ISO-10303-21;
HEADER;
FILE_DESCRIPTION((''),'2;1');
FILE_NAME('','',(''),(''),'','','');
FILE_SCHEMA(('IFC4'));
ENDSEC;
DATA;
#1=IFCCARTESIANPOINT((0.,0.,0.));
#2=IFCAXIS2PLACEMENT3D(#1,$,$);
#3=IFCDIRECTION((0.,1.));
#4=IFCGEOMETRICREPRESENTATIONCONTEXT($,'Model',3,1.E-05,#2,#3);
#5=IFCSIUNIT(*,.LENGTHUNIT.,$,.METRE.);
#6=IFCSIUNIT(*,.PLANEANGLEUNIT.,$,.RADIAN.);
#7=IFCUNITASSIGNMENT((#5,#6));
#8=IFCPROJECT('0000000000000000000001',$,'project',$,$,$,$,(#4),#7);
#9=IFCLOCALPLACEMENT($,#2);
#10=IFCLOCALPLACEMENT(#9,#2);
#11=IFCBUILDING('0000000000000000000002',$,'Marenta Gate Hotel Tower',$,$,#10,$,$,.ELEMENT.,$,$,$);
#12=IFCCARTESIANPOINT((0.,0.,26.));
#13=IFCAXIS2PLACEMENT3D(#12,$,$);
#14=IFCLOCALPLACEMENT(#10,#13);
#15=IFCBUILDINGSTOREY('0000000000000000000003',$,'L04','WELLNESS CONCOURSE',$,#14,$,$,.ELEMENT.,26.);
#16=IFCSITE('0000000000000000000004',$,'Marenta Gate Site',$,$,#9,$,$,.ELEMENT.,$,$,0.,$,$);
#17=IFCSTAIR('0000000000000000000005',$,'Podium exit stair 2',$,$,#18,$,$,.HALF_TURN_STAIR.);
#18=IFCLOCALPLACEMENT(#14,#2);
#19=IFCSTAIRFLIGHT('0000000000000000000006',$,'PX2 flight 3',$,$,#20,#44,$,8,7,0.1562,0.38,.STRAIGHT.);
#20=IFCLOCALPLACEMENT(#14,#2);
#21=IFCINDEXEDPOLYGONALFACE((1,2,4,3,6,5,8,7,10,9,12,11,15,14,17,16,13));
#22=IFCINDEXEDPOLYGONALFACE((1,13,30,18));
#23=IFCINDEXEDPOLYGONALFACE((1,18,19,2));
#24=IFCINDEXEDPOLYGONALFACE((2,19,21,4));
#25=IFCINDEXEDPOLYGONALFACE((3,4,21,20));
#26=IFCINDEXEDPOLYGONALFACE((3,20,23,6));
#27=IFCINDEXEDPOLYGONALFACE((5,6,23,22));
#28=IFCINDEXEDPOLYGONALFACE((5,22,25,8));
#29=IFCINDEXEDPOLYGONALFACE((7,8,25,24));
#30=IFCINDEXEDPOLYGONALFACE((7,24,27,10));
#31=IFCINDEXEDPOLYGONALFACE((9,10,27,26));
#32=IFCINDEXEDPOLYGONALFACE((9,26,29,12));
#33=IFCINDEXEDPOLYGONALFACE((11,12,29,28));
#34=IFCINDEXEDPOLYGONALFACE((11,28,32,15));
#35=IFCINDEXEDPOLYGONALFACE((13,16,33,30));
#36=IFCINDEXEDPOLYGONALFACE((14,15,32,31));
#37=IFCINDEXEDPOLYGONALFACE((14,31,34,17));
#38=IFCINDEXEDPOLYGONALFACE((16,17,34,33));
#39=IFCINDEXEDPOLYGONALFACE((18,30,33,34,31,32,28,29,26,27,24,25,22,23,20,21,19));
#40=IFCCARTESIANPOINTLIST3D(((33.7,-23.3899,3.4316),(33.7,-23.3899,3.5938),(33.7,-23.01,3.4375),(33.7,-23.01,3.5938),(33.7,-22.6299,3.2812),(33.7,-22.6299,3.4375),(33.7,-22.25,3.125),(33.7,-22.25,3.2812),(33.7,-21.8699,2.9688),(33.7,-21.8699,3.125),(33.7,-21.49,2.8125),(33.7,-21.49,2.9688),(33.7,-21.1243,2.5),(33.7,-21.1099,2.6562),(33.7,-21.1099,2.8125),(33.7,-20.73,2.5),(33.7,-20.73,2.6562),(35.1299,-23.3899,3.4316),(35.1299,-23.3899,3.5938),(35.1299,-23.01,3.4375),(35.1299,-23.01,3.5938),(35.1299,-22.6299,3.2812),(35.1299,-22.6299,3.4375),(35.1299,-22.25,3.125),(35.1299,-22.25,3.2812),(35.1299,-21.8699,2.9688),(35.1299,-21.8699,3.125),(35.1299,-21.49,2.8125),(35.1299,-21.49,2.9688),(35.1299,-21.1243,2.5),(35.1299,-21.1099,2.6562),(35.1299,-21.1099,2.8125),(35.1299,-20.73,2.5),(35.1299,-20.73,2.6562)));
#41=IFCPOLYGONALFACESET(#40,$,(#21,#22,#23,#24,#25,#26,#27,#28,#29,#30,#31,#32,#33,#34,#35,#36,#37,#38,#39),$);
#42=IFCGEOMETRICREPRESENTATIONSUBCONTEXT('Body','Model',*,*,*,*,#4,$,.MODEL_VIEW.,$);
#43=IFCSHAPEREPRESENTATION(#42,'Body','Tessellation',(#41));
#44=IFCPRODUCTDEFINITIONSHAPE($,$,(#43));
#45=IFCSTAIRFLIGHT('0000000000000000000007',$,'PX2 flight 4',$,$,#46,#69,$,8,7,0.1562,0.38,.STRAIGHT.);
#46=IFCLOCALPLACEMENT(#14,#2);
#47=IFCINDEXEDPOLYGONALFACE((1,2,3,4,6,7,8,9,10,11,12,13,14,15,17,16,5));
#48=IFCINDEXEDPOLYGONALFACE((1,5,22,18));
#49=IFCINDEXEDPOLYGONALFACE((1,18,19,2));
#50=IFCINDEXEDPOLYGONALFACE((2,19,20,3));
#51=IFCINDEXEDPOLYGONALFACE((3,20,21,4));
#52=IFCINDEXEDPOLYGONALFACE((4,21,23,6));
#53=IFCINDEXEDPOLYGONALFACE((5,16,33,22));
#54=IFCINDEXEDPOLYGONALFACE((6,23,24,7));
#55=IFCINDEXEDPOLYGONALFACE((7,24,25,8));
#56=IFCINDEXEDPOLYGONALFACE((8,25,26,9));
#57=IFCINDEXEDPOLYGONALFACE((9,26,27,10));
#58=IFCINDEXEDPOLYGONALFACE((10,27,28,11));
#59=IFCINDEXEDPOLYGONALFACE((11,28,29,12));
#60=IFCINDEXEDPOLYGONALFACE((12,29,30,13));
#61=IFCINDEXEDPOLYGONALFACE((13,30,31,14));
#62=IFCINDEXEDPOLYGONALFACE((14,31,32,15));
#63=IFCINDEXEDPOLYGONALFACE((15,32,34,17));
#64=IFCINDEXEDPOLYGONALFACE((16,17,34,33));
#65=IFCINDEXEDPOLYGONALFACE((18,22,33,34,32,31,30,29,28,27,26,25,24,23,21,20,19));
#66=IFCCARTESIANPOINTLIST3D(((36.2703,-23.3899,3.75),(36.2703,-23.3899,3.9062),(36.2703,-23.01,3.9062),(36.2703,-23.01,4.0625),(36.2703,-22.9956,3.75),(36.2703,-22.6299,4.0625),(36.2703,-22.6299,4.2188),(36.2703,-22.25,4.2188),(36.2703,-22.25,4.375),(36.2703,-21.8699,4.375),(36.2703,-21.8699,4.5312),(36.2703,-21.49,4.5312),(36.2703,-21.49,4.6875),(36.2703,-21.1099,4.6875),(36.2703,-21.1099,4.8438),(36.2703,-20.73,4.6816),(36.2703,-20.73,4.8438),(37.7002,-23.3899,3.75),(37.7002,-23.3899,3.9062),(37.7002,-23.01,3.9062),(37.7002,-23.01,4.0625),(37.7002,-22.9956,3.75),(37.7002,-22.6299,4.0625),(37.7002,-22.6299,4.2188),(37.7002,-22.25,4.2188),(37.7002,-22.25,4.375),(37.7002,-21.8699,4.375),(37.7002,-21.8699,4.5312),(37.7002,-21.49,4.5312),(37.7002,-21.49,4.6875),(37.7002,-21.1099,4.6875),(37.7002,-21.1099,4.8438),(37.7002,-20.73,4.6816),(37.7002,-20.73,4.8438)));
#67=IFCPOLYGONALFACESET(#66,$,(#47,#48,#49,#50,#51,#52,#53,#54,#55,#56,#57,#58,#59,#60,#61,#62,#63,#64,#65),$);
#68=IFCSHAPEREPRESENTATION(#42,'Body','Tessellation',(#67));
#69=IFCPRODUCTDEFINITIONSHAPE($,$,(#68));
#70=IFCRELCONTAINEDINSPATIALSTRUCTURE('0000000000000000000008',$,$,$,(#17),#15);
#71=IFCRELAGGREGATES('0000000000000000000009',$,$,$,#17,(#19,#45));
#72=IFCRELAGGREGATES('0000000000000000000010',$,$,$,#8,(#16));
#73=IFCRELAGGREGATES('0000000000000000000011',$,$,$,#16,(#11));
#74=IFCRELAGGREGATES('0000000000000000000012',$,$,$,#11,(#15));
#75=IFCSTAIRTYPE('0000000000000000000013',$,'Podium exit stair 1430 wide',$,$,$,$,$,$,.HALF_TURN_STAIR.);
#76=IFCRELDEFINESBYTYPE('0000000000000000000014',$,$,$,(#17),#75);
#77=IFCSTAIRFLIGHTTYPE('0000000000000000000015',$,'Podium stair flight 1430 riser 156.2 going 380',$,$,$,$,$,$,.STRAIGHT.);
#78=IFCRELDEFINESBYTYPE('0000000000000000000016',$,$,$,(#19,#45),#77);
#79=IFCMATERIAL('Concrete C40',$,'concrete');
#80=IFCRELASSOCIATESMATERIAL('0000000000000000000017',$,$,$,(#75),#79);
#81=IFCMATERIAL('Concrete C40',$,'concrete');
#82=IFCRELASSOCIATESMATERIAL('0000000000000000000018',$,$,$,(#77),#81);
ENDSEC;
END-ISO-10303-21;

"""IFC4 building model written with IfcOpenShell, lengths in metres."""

from ifc_helpers import new_model, si_unit, direction, frame, origin, place, context, subcontext, project, spatial, polyline, outline, extrude, material, type_object, element, aggregate, save


model = new_model("IFC4")

# Units and contexts
model_context = context("Model", 3, precision=1e-05, world=origin(), true_north=direction((0.0, 1.0)))
body_context = subcontext(model_context, "Body", "Model", "MODEL_VIEW")
ifc_project = project(units=[si_unit("LENGTHUNIT", "METRE"), si_unit("PLANEANGLEUNIT", "RADIAN")], contexts=[model_context])

# Site, building, storey
site_placement = place(None, origin())
site = spatial("IfcSite", under=ifc_project, at=site_placement, Name="Marenta Gate Site", CompositionType="ELEMENT", RefElevation=0.0)
building_placement = place(site_placement, origin())
building = spatial("IfcBuilding", under=site, at=building_placement, Name="Marenta Gate Hotel Tower", CompositionType="ELEMENT")
storey_placement = place(building_placement, frame((0.0, 0.0, 26.0)))
storey = spatial("IfcBuildingStorey", under=building, at=storey_placement, Name="L04", Description="WELLNESS CONCOURSE", CompositionType="ELEMENT", Elevation=26.0)

# Stair, stair flights
ifc_material_1 = material(Name="Concrete C40", Category="concrete")
stair_type = type_object("IfcStairType", Name="Podium exit stair 1430 wide", PredefinedType="HALF_TURN_STAIR", material=ifc_material_1)
stair_placement = place(storey_placement, origin())
stair = element("IfcStair", 1, at=stair_placement, inside=storey, type_object=stair_type, Name="Podium exit stair 2", PredefinedType="HALF_TURN_STAIR")
ifc_material_2 = material(Name="Concrete C40", Category="concrete")
stair_flight_type = type_object("IfcStairFlightType", Name="Podium stair flight 1430 riser 156.2 going 380", PredefinedType="STRAIGHT", material=ifc_material_2)
stair_flight_1_placement = place(storey_placement, frame((34.415, -20.73, 2.5), z_axis=(0.0, 0.0, 1.0), x_axis=(0.0, -1.0, 0.0)))
stair_flight_1 = element("IfcStairFlight", 2, at=stair_flight_1_placement, type_object=stair_flight_type, Name="PX2 flight 3", NumberOfRisers=8, NumberOfTreads=7, PredefinedType="STRAIGHT", RiserHeight=0.1562, TreadLength=0.38, context=body_context, shape_type="SweptSolid", body=[
    extrude(outline(polyline([(0.0, 0.0), (0.0, 0.1562), (0.3799, 0.1562), (0.3799, 0.3125), (0.76, 0.3125), (0.76, 0.4688), (1.1399, 0.4688), (1.1399, 0.625), (1.52, 0.625), (1.52, 0.7812), (1.8999, 0.7812), (1.8999, 0.9375), (2.28, 0.9375), (2.28, 1.0938), (2.6599, 1.0938), (2.6599, 1.25), (2.6599, 0.9316), (0.3943, 0.0), (0.0, 0.0)])), frame((0.0, 0.7148, 0.0), z_axis=(0.0, -1.0, 0.0), x_axis=(1.0, 0.0, 0.0)), (0.0, 0.0, 1.0), 1.4299),
])
stair_flight_2_placement = place(storey_placement, frame((36.9851, -23.3899, 3.75), z_axis=(0.0, 0.0, 1.0), x_axis=(0.0, 1.0, 0.0)))
stair_flight_2 = element("IfcStairFlight", 3, at=stair_flight_2_placement, type_object=stair_flight_type, Name="PX2 flight 4", NumberOfRisers=8, NumberOfTreads=7, PredefinedType="STRAIGHT", RiserHeight=0.1562, TreadLength=0.38, context=body_context, shape_type="SweptSolid", body=[
    extrude(outline(polyline([(0.0, 0.0), (0.0, 0.1562), (0.3799, 0.1562), (0.3799, 0.3125), (0.76, 0.3125), (0.76, 0.4688), (1.1399, 0.4688), (1.1399, 0.625), (1.52, 0.625), (1.52, 0.7812), (1.8999, 0.7812), (1.8999, 0.9375), (2.28, 0.9375), (2.28, 1.0938), (2.6599, 1.0938), (2.6599, 1.25), (2.6599, 0.9316), (0.3943, 0.0), (0.0, 0.0)])), frame((0.0, 0.7148, 0.0), z_axis=(0.0, -1.0, 0.0), x_axis=(1.0, 0.0, 0.0)), (0.0, 0.0, 1.0), 1.4299),
])
aggregate(stair, [stair_flight_1, stair_flight_2])

save(model, "model.ifc")
